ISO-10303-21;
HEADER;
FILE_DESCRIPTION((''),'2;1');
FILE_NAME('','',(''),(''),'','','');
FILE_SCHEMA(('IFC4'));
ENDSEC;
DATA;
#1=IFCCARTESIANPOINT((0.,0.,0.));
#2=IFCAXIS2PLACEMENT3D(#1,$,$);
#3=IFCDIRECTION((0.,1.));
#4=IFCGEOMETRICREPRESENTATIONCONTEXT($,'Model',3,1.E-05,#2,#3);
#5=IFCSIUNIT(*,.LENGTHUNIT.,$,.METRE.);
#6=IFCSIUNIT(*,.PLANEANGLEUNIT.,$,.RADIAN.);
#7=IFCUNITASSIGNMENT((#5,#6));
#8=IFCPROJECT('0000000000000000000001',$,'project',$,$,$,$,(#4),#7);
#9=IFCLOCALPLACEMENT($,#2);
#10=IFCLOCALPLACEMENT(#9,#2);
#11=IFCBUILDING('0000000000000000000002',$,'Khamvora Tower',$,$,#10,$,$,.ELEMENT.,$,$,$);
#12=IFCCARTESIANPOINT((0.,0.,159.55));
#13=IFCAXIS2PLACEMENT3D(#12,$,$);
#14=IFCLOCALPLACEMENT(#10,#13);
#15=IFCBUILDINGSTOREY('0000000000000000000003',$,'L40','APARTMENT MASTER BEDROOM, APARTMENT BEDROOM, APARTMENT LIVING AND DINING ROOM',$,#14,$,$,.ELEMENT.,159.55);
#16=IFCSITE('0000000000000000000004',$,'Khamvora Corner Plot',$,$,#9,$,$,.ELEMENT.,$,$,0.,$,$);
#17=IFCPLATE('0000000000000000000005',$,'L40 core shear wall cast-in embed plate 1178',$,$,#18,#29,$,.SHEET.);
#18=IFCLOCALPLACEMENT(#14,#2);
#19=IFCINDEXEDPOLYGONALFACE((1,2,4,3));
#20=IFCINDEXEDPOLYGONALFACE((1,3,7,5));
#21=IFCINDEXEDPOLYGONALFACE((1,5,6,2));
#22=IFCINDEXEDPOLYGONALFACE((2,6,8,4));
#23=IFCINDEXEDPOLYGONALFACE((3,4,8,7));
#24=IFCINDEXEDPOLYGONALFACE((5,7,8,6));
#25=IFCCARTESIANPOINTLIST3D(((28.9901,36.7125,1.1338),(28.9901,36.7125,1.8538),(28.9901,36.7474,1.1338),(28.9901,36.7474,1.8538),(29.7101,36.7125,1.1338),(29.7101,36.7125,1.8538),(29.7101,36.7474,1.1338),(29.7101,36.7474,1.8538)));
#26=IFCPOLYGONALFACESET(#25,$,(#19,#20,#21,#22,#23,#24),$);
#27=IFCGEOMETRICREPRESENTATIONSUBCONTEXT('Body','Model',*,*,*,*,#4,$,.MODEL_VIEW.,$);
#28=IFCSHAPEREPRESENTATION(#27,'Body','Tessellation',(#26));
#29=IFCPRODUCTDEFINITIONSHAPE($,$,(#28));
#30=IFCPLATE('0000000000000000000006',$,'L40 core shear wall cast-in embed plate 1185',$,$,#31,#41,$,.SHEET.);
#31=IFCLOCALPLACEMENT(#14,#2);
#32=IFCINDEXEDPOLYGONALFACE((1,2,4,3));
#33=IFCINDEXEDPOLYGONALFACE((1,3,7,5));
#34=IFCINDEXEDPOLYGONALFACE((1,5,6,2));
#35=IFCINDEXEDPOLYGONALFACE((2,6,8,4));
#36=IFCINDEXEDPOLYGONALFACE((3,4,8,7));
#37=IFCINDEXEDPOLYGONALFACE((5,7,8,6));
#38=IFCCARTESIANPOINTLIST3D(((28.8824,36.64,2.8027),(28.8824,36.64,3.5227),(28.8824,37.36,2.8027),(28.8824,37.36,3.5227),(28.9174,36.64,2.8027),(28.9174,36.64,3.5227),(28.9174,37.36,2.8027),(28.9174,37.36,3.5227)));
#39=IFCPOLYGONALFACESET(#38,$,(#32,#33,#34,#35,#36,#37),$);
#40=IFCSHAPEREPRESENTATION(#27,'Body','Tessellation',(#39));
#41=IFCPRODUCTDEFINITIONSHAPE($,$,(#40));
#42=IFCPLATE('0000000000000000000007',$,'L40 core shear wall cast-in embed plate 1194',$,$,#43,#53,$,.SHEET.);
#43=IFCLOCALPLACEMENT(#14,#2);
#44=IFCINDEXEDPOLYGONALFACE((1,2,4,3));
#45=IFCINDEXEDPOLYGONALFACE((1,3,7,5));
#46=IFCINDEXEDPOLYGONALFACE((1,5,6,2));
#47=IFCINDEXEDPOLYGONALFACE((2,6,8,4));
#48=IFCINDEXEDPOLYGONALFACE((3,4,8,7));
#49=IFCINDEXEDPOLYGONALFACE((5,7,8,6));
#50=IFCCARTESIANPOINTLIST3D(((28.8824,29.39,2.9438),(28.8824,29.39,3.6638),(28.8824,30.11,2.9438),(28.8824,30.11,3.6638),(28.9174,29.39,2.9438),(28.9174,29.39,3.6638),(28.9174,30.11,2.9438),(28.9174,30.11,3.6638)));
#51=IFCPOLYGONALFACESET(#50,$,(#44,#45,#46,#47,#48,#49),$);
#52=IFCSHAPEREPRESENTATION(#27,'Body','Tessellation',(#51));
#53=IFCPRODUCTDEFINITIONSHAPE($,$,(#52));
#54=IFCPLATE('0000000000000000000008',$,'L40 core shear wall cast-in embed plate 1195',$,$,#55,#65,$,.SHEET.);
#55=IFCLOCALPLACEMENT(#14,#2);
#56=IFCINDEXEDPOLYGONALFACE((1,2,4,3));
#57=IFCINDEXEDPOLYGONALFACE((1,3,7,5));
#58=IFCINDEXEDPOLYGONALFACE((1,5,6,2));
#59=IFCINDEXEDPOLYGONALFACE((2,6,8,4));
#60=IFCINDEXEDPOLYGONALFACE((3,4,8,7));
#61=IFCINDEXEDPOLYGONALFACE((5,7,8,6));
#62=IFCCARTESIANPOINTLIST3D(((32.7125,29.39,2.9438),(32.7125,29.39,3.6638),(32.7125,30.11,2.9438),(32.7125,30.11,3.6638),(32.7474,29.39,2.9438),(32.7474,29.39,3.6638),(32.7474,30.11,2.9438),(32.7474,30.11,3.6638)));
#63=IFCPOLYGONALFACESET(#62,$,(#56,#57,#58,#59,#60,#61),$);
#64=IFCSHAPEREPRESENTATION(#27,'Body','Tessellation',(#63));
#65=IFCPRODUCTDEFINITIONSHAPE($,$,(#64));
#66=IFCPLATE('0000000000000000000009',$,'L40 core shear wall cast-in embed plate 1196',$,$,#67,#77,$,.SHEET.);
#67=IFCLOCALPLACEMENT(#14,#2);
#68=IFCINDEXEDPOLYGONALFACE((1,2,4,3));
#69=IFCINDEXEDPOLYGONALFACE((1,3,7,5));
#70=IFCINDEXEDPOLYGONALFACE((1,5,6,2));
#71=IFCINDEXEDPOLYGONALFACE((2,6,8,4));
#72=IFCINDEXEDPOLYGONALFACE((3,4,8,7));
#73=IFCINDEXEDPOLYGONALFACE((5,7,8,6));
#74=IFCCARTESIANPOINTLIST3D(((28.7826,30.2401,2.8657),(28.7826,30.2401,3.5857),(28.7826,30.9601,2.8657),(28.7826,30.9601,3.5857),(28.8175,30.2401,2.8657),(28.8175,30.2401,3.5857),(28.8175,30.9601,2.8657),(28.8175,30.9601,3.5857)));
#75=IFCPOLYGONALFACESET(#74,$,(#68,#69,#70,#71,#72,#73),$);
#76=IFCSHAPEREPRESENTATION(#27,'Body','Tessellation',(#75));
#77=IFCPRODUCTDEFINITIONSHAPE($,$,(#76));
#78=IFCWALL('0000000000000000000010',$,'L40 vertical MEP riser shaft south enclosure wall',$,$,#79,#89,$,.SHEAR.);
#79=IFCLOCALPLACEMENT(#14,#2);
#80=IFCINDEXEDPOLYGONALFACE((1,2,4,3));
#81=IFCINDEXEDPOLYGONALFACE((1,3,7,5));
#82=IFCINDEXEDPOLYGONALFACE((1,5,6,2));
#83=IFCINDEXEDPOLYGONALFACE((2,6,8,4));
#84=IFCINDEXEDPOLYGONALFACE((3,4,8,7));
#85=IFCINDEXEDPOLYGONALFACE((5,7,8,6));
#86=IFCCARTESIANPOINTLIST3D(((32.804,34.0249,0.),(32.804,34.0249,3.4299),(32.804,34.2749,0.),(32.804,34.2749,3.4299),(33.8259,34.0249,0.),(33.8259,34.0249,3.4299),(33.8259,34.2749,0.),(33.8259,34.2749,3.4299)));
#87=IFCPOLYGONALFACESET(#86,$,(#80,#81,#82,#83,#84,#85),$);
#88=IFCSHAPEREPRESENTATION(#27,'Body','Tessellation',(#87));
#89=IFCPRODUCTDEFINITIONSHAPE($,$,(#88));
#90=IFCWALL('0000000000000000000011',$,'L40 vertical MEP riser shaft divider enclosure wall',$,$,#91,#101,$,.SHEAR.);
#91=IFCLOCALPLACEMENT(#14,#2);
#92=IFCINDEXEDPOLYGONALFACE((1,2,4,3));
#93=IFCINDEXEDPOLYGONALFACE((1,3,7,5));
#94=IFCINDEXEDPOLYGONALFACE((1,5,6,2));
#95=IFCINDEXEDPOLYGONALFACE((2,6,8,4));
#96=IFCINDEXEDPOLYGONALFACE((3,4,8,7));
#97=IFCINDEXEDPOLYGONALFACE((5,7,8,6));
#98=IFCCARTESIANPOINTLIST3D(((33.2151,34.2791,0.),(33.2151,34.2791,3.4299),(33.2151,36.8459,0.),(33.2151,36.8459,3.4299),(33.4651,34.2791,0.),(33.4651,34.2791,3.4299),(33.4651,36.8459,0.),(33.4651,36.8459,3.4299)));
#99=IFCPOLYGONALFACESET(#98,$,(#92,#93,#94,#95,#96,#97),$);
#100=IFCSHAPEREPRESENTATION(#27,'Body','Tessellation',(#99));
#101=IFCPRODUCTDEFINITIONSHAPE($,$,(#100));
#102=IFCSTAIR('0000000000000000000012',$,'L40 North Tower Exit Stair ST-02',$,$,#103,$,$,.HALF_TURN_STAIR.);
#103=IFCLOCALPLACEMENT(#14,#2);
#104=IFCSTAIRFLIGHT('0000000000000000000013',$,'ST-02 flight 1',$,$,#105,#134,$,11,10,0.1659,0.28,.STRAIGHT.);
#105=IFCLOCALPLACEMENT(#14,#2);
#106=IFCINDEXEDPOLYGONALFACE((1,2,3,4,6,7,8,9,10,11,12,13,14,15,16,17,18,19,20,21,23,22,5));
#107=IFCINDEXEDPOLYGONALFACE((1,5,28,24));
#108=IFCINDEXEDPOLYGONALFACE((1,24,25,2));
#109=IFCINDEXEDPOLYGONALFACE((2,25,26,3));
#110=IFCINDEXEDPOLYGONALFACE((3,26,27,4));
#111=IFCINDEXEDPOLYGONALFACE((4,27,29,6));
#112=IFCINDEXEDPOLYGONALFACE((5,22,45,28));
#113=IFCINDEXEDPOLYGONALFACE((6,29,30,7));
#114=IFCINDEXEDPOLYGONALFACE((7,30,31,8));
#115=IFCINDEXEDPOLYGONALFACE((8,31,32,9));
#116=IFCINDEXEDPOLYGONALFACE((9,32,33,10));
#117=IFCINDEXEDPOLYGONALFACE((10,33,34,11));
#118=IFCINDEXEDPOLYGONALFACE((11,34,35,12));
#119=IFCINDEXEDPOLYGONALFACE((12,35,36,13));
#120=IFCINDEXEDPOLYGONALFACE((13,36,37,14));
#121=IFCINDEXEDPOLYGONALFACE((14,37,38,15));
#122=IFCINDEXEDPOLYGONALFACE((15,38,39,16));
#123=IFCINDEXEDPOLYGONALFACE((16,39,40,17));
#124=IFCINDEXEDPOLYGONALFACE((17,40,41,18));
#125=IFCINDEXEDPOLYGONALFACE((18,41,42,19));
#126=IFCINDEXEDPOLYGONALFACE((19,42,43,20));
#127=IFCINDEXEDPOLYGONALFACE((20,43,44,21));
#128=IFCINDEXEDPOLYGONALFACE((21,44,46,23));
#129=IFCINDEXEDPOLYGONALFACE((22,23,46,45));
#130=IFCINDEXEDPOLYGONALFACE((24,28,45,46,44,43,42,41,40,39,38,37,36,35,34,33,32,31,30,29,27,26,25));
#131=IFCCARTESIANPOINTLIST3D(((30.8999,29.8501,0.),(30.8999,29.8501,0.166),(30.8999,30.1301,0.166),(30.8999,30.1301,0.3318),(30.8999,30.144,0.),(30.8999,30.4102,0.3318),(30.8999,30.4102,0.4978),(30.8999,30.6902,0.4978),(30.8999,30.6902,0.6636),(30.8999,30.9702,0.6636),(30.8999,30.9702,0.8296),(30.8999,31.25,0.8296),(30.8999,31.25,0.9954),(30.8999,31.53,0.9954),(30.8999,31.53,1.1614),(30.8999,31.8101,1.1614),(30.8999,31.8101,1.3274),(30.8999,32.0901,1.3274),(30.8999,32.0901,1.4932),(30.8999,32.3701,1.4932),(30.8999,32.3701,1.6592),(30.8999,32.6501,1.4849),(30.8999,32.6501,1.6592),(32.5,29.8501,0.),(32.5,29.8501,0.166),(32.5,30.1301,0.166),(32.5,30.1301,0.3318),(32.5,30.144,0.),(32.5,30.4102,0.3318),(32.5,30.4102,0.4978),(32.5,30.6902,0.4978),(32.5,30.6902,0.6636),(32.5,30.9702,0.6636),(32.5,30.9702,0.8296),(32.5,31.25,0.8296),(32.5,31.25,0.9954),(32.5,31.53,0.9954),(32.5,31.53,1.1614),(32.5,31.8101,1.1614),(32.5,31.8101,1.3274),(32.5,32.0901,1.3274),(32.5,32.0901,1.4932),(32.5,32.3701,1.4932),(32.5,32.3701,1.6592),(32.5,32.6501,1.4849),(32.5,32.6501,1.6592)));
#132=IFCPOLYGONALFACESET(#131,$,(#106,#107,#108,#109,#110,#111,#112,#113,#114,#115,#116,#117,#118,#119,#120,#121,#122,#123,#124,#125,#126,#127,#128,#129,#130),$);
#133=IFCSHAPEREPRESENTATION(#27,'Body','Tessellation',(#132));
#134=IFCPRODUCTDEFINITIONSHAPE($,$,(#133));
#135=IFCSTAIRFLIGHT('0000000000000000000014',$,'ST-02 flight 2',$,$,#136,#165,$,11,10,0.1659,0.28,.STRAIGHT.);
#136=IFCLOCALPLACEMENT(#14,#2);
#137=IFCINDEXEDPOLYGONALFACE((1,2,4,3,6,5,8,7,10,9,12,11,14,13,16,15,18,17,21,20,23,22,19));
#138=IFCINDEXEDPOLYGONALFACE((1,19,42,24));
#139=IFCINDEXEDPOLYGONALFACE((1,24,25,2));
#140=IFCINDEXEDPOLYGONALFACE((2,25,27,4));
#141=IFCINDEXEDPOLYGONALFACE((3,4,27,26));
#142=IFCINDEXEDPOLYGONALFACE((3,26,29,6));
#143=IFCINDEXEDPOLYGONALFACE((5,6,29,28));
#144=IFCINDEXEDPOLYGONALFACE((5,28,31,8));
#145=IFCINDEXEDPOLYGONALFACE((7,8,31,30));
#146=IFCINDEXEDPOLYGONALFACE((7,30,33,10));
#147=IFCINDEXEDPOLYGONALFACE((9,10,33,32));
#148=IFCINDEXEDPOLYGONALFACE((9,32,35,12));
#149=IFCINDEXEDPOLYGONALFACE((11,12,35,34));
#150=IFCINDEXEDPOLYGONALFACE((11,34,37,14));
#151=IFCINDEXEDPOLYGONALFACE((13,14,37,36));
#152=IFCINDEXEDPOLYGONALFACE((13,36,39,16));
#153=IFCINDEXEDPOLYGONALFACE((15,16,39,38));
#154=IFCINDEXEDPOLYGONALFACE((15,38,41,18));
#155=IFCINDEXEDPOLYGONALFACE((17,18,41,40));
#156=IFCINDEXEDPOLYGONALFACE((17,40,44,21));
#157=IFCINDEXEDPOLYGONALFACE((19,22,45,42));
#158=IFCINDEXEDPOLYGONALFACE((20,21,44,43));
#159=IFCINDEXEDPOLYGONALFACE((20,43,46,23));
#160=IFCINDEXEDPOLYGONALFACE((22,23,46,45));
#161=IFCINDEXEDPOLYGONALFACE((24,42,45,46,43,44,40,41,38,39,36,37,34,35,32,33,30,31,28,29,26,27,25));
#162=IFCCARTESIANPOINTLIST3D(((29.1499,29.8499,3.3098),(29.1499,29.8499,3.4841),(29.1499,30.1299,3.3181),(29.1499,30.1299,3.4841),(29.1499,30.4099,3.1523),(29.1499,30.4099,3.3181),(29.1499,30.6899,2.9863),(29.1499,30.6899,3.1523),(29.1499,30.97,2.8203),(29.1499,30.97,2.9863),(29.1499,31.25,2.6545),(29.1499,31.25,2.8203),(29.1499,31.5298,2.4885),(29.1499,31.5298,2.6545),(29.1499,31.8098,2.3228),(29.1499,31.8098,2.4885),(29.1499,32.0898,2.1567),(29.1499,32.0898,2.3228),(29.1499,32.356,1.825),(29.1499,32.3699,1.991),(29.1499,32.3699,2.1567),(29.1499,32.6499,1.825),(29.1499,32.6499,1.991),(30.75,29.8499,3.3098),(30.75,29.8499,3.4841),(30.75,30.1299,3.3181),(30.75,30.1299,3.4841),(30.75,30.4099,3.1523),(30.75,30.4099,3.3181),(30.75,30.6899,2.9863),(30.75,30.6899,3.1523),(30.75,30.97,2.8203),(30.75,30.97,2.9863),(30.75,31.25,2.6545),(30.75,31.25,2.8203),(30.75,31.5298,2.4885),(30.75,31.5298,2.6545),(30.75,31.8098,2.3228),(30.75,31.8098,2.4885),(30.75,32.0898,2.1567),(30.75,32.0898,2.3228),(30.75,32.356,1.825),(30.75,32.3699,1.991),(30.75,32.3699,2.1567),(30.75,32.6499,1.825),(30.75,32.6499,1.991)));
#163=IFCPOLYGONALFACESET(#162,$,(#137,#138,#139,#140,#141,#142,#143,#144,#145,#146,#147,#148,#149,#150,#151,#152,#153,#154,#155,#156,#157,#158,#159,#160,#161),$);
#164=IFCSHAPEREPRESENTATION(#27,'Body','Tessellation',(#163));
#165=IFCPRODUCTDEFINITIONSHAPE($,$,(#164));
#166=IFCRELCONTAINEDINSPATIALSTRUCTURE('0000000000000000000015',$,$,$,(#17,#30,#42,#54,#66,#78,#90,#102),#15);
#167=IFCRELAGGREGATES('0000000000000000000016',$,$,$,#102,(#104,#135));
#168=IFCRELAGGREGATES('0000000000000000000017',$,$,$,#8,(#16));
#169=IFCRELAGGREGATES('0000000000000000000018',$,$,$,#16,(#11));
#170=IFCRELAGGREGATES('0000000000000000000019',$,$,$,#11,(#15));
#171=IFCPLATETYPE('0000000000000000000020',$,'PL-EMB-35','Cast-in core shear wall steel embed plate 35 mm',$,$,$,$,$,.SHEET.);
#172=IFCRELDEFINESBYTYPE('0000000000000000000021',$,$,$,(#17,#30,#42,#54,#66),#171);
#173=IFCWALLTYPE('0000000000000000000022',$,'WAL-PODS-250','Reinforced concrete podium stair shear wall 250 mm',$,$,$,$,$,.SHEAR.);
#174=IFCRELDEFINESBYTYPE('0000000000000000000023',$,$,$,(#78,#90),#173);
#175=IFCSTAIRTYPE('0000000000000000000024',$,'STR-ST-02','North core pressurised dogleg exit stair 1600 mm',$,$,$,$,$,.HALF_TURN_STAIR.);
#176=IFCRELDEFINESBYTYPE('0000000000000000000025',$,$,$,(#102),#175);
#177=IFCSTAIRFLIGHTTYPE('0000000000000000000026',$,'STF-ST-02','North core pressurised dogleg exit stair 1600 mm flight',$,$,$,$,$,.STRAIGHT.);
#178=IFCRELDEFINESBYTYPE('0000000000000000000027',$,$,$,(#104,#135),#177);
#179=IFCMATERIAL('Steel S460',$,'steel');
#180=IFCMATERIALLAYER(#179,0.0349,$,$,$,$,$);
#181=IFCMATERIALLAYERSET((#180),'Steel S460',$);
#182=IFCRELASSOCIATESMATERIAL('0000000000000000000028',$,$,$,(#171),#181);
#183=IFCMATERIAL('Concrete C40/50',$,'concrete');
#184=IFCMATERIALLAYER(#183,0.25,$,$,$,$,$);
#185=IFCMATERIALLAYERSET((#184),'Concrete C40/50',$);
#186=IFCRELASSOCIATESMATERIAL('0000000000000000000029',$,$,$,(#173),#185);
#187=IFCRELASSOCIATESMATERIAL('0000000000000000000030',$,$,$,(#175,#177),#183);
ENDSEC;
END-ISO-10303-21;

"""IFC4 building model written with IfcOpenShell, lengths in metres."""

from ifc_helpers import new_model, si_unit, direction, frame, frame_2d, origin, origin_2d, place, context, subcontext, project, spatial, polyline, rectangle, outline, extrude, material, layer, layer_set, type_object, element, aggregate, save


model = new_model("IFC4")

# Units and contexts
model_context = context("Model", 3, precision=1e-05, world=origin(), true_north=direction((0.0, 1.0)))
body_context = subcontext(model_context, "Body", "Model", "MODEL_VIEW")
ifc_project = project(units=[si_unit("LENGTHUNIT", "METRE"), si_unit("PLANEANGLEUNIT", "RADIAN")], contexts=[model_context])

# Site, building, storey
site_placement = place(None, origin())
site = spatial("IfcSite", under=ifc_project, at=site_placement, Name="Khamvora Corner Plot", CompositionType="ELEMENT", RefElevation=0.0)
building_placement = place(site_placement, origin())
building = spatial("IfcBuilding", under=site, at=building_placement, Name="Khamvora Tower", CompositionType="ELEMENT")
storey_placement = place(building_placement, frame((0.0, 0.0, 159.55)))
storey = spatial("IfcBuildingStorey", under=building, at=storey_placement, Name="L40", Description="APARTMENT MASTER BEDROOM, APARTMENT BEDROOM, APARTMENT LIVING AND DINING ROOM", CompositionType="ELEMENT", Elevation=159.55)

# Shared definitions
ifc_material_1 = material(Name="Steel S460", Category="steel")

# Plates
ifc_layer_1 = layer(ifc_material_1, 0.0349)
ifc_layer_set_1 = layer_set([ifc_layer_1], Name="Steel S460")
plate_type = type_object("IfcPlateType", Name="PL-EMB-35", Description="Cast-in core shear wall steel embed plate 35 mm", PredefinedType="SHEET", material=ifc_layer_set_1)
plate_placement = place(storey_placement, frame((29.3501, 36.73, 1.1338), z_axis=(0.0, 0.0, 1.0), x_axis=(1.0, 0.0, 0.0)))
element("IfcPlate", 1, at=plate_placement, inside=storey, type_object=plate_type, Name="L40 core shear wall cast-in embed plate 1178", PredefinedType="SHEET", context=body_context, shape_type="SweptSolid", body=[
    extrude(rectangle(XDim=0.72, YDim=0.0349, at=origin_2d()), origin(), (0.0, 0.0, 1.0), 0.72),
])
for number, where, z_axis, x_axis, name in (
    (2, (28.8999, 37.0, 2.8027), (0.0, 0.0, 1.0), (1.0, 0.0, 0.0), "L40 core shear wall cast-in embed plate 1185"),
    (3, (28.8999, 29.75, 2.9438), (0.0, 0.0, 1.0), (1.0, 0.0, 0.0), "L40 core shear wall cast-in embed plate 1194"),
    (4, (32.73, 29.75, 2.9438), (0.0, 0.0, 1.0), (1.0, 0.0, 0.0), "L40 core shear wall cast-in embed plate 1195"),
    (5, (28.8, 30.6001, 2.8657), (0.0, 0.0, 1.0), (1.0, 0.0, 0.0), "L40 core shear wall cast-in embed plate 1196"),
):
    element("IfcPlate", number, at=place(storey_placement, frame(where, z_axis=z_axis, x_axis=x_axis)), inside=storey, type_object=plate_type, Name=name, PredefinedType="SHEET", context=body_context, shape_type="SweptSolid", body=[
        extrude(rectangle(XDim=0.0349, YDim=0.72, at=origin_2d()), origin(), (0.0, 0.0, 1.0), 0.72),
    ])

# Walls
ifc_material_2 = material(Name="Concrete C40/50", Category="concrete")
ifc_layer_2 = layer(ifc_material_2, 0.25)
ifc_layer_set_2 = layer_set([ifc_layer_2], Name="Concrete C40/50")
wall_type = type_object("IfcWallType", Name="WAL-PODS-250", Description="Reinforced concrete podium stair shear wall 250 mm", PredefinedType="SHEAR", material=ifc_layer_set_2)
wall_1_placement = place(storey_placement, frame((32.804, 34.1499, 0.0), z_axis=(0.0, 0.0, 1.0), x_axis=(1.0, 0.0, 0.0)))
element("IfcWall", 6, at=wall_1_placement, inside=storey, type_object=wall_type, Name="L40 vertical MEP riser shaft south enclosure wall", PredefinedType="SHEAR", context=body_context, shape_type="SweptSolid", body=[
    extrude(rectangle(XDim=1.022, YDim=0.25, at=frame_2d((0.511, 0.0))), origin(), (0.0, 0.0, 1.0), 3.4299),
])
wall_2_placement = place(storey_placement, frame((33.3401, 34.2791, 0.0), z_axis=(0.0, 0.0, 1.0), x_axis=(0.0, 1.0, 0.0)))
element("IfcWall", 7, at=wall_2_placement, inside=storey, type_object=wall_type, Name="L40 vertical MEP riser shaft divider enclosure wall", PredefinedType="SHEAR", context=body_context, shape_type="SweptSolid", body=[
    extrude(rectangle(XDim=2.5669, YDim=0.25, at=frame_2d((1.2834, 0.0))), origin(), (0.0, 0.0, 1.0), 3.4299),
])

# Stair, stair flights
stair_type = type_object("IfcStairType", Name="STR-ST-02", Description="North core pressurised dogleg exit stair 1600 mm", PredefinedType="HALF_TURN_STAIR", material=ifc_material_2)
stair_placement = place(storey_placement, origin())
stair = element("IfcStair", 8, at=stair_placement, inside=storey, type_object=stair_type, Name="L40 North Tower Exit Stair ST-02", PredefinedType="HALF_TURN_STAIR")
stair_flight_type = type_object("IfcStairFlightType", Name="STF-ST-02", Description="North core pressurised dogleg exit stair 1600 mm flight", PredefinedType="STRAIGHT", material=ifc_material_2)
stair_flight_1_placement = place(storey_placement, frame((31.7, 29.8501, 0.0), z_axis=(0.0, 0.0, 1.0), x_axis=(0.0, 1.0, 0.0)))
stair_flight_1 = element("IfcStairFlight", 9, at=stair_flight_1_placement, type_object=stair_flight_type, Name="ST-02 flight 1", NumberOfRisers=11, NumberOfTreads=10, PredefinedType="STRAIGHT", RiserHeight=0.1659, TreadLength=0.28, context=body_context, shape_type="SweptSolid", body=[
    extrude(outline(polyline([(0.0, 0.0), (0.0, 0.166), (0.28, 0.166), (0.28, 0.3318), (0.5601, 0.3318), (0.5601, 0.4978), (0.8401, 0.4978), (0.8401, 0.6636), (1.1201, 0.6636), (1.1201, 0.8296), (1.3999, 0.8296), (1.3999, 0.9954), (1.6799, 0.9954), (1.6799, 1.1614), (1.96, 1.1614), (1.96, 1.3274), (2.24, 1.3274), (2.24, 1.4932), (2.52, 1.4932), (2.52, 1.6592), (2.8, 1.6592), (2.8, 1.825), (2.8, 1.4849), (0.2939, 0.0), (0.0, 0.0)])), frame((0.0, 0.8, 0.0), z_axis=(0.0, -1.0, 0.0), x_axis=(1.0, 0.0, 0.0)), (0.0, 0.0, 1.0), 1.6001),
])
stair_flight_2_placement = place(storey_placement, frame((29.95, 32.6499, 1.825), z_axis=(0.0, 0.0, 1.0), x_axis=(0.0, -1.0, 0.0)))
stair_flight_2 = element("IfcStairFlight", 10, at=stair_flight_2_placement, type_object=stair_flight_type, Name="ST-02 flight 2", NumberOfRisers=11, NumberOfTreads=10, PredefinedType="STRAIGHT", RiserHeight=0.1659, TreadLength=0.28, context=body_context, shape_type="SweptSolid", body=[
    extrude(outline(polyline([(0.0, 0.0), (0.0, 0.166), (0.28, 0.166), (0.28, 0.3318), (0.5601, 0.3318), (0.5601, 0.4978), (0.8401, 0.4978), (0.8401, 0.6636), (1.1201, 0.6636), (1.1201, 0.8296), (1.3999, 0.8296), (1.3999, 0.9954), (1.6799, 0.9954), (1.6799, 1.1614), (1.96, 1.1614), (1.96, 1.3274), (2.24, 1.3274), (2.24, 1.4932), (2.52, 1.4932), (2.52, 1.6592), (2.8, 1.6592), (2.8, 1.825), (2.8, 1.4849), (0.2939, 0.0), (0.0, 0.0)])), frame((0.0, 0.8, 0.0), z_axis=(0.0, -1.0, 0.0), x_axis=(1.0, 0.0, 0.0)), (0.0, 0.0, 1.0), 1.6001),
])
aggregate(stair, [stair_flight_1, stair_flight_2])

save(model, "model.ifc")
